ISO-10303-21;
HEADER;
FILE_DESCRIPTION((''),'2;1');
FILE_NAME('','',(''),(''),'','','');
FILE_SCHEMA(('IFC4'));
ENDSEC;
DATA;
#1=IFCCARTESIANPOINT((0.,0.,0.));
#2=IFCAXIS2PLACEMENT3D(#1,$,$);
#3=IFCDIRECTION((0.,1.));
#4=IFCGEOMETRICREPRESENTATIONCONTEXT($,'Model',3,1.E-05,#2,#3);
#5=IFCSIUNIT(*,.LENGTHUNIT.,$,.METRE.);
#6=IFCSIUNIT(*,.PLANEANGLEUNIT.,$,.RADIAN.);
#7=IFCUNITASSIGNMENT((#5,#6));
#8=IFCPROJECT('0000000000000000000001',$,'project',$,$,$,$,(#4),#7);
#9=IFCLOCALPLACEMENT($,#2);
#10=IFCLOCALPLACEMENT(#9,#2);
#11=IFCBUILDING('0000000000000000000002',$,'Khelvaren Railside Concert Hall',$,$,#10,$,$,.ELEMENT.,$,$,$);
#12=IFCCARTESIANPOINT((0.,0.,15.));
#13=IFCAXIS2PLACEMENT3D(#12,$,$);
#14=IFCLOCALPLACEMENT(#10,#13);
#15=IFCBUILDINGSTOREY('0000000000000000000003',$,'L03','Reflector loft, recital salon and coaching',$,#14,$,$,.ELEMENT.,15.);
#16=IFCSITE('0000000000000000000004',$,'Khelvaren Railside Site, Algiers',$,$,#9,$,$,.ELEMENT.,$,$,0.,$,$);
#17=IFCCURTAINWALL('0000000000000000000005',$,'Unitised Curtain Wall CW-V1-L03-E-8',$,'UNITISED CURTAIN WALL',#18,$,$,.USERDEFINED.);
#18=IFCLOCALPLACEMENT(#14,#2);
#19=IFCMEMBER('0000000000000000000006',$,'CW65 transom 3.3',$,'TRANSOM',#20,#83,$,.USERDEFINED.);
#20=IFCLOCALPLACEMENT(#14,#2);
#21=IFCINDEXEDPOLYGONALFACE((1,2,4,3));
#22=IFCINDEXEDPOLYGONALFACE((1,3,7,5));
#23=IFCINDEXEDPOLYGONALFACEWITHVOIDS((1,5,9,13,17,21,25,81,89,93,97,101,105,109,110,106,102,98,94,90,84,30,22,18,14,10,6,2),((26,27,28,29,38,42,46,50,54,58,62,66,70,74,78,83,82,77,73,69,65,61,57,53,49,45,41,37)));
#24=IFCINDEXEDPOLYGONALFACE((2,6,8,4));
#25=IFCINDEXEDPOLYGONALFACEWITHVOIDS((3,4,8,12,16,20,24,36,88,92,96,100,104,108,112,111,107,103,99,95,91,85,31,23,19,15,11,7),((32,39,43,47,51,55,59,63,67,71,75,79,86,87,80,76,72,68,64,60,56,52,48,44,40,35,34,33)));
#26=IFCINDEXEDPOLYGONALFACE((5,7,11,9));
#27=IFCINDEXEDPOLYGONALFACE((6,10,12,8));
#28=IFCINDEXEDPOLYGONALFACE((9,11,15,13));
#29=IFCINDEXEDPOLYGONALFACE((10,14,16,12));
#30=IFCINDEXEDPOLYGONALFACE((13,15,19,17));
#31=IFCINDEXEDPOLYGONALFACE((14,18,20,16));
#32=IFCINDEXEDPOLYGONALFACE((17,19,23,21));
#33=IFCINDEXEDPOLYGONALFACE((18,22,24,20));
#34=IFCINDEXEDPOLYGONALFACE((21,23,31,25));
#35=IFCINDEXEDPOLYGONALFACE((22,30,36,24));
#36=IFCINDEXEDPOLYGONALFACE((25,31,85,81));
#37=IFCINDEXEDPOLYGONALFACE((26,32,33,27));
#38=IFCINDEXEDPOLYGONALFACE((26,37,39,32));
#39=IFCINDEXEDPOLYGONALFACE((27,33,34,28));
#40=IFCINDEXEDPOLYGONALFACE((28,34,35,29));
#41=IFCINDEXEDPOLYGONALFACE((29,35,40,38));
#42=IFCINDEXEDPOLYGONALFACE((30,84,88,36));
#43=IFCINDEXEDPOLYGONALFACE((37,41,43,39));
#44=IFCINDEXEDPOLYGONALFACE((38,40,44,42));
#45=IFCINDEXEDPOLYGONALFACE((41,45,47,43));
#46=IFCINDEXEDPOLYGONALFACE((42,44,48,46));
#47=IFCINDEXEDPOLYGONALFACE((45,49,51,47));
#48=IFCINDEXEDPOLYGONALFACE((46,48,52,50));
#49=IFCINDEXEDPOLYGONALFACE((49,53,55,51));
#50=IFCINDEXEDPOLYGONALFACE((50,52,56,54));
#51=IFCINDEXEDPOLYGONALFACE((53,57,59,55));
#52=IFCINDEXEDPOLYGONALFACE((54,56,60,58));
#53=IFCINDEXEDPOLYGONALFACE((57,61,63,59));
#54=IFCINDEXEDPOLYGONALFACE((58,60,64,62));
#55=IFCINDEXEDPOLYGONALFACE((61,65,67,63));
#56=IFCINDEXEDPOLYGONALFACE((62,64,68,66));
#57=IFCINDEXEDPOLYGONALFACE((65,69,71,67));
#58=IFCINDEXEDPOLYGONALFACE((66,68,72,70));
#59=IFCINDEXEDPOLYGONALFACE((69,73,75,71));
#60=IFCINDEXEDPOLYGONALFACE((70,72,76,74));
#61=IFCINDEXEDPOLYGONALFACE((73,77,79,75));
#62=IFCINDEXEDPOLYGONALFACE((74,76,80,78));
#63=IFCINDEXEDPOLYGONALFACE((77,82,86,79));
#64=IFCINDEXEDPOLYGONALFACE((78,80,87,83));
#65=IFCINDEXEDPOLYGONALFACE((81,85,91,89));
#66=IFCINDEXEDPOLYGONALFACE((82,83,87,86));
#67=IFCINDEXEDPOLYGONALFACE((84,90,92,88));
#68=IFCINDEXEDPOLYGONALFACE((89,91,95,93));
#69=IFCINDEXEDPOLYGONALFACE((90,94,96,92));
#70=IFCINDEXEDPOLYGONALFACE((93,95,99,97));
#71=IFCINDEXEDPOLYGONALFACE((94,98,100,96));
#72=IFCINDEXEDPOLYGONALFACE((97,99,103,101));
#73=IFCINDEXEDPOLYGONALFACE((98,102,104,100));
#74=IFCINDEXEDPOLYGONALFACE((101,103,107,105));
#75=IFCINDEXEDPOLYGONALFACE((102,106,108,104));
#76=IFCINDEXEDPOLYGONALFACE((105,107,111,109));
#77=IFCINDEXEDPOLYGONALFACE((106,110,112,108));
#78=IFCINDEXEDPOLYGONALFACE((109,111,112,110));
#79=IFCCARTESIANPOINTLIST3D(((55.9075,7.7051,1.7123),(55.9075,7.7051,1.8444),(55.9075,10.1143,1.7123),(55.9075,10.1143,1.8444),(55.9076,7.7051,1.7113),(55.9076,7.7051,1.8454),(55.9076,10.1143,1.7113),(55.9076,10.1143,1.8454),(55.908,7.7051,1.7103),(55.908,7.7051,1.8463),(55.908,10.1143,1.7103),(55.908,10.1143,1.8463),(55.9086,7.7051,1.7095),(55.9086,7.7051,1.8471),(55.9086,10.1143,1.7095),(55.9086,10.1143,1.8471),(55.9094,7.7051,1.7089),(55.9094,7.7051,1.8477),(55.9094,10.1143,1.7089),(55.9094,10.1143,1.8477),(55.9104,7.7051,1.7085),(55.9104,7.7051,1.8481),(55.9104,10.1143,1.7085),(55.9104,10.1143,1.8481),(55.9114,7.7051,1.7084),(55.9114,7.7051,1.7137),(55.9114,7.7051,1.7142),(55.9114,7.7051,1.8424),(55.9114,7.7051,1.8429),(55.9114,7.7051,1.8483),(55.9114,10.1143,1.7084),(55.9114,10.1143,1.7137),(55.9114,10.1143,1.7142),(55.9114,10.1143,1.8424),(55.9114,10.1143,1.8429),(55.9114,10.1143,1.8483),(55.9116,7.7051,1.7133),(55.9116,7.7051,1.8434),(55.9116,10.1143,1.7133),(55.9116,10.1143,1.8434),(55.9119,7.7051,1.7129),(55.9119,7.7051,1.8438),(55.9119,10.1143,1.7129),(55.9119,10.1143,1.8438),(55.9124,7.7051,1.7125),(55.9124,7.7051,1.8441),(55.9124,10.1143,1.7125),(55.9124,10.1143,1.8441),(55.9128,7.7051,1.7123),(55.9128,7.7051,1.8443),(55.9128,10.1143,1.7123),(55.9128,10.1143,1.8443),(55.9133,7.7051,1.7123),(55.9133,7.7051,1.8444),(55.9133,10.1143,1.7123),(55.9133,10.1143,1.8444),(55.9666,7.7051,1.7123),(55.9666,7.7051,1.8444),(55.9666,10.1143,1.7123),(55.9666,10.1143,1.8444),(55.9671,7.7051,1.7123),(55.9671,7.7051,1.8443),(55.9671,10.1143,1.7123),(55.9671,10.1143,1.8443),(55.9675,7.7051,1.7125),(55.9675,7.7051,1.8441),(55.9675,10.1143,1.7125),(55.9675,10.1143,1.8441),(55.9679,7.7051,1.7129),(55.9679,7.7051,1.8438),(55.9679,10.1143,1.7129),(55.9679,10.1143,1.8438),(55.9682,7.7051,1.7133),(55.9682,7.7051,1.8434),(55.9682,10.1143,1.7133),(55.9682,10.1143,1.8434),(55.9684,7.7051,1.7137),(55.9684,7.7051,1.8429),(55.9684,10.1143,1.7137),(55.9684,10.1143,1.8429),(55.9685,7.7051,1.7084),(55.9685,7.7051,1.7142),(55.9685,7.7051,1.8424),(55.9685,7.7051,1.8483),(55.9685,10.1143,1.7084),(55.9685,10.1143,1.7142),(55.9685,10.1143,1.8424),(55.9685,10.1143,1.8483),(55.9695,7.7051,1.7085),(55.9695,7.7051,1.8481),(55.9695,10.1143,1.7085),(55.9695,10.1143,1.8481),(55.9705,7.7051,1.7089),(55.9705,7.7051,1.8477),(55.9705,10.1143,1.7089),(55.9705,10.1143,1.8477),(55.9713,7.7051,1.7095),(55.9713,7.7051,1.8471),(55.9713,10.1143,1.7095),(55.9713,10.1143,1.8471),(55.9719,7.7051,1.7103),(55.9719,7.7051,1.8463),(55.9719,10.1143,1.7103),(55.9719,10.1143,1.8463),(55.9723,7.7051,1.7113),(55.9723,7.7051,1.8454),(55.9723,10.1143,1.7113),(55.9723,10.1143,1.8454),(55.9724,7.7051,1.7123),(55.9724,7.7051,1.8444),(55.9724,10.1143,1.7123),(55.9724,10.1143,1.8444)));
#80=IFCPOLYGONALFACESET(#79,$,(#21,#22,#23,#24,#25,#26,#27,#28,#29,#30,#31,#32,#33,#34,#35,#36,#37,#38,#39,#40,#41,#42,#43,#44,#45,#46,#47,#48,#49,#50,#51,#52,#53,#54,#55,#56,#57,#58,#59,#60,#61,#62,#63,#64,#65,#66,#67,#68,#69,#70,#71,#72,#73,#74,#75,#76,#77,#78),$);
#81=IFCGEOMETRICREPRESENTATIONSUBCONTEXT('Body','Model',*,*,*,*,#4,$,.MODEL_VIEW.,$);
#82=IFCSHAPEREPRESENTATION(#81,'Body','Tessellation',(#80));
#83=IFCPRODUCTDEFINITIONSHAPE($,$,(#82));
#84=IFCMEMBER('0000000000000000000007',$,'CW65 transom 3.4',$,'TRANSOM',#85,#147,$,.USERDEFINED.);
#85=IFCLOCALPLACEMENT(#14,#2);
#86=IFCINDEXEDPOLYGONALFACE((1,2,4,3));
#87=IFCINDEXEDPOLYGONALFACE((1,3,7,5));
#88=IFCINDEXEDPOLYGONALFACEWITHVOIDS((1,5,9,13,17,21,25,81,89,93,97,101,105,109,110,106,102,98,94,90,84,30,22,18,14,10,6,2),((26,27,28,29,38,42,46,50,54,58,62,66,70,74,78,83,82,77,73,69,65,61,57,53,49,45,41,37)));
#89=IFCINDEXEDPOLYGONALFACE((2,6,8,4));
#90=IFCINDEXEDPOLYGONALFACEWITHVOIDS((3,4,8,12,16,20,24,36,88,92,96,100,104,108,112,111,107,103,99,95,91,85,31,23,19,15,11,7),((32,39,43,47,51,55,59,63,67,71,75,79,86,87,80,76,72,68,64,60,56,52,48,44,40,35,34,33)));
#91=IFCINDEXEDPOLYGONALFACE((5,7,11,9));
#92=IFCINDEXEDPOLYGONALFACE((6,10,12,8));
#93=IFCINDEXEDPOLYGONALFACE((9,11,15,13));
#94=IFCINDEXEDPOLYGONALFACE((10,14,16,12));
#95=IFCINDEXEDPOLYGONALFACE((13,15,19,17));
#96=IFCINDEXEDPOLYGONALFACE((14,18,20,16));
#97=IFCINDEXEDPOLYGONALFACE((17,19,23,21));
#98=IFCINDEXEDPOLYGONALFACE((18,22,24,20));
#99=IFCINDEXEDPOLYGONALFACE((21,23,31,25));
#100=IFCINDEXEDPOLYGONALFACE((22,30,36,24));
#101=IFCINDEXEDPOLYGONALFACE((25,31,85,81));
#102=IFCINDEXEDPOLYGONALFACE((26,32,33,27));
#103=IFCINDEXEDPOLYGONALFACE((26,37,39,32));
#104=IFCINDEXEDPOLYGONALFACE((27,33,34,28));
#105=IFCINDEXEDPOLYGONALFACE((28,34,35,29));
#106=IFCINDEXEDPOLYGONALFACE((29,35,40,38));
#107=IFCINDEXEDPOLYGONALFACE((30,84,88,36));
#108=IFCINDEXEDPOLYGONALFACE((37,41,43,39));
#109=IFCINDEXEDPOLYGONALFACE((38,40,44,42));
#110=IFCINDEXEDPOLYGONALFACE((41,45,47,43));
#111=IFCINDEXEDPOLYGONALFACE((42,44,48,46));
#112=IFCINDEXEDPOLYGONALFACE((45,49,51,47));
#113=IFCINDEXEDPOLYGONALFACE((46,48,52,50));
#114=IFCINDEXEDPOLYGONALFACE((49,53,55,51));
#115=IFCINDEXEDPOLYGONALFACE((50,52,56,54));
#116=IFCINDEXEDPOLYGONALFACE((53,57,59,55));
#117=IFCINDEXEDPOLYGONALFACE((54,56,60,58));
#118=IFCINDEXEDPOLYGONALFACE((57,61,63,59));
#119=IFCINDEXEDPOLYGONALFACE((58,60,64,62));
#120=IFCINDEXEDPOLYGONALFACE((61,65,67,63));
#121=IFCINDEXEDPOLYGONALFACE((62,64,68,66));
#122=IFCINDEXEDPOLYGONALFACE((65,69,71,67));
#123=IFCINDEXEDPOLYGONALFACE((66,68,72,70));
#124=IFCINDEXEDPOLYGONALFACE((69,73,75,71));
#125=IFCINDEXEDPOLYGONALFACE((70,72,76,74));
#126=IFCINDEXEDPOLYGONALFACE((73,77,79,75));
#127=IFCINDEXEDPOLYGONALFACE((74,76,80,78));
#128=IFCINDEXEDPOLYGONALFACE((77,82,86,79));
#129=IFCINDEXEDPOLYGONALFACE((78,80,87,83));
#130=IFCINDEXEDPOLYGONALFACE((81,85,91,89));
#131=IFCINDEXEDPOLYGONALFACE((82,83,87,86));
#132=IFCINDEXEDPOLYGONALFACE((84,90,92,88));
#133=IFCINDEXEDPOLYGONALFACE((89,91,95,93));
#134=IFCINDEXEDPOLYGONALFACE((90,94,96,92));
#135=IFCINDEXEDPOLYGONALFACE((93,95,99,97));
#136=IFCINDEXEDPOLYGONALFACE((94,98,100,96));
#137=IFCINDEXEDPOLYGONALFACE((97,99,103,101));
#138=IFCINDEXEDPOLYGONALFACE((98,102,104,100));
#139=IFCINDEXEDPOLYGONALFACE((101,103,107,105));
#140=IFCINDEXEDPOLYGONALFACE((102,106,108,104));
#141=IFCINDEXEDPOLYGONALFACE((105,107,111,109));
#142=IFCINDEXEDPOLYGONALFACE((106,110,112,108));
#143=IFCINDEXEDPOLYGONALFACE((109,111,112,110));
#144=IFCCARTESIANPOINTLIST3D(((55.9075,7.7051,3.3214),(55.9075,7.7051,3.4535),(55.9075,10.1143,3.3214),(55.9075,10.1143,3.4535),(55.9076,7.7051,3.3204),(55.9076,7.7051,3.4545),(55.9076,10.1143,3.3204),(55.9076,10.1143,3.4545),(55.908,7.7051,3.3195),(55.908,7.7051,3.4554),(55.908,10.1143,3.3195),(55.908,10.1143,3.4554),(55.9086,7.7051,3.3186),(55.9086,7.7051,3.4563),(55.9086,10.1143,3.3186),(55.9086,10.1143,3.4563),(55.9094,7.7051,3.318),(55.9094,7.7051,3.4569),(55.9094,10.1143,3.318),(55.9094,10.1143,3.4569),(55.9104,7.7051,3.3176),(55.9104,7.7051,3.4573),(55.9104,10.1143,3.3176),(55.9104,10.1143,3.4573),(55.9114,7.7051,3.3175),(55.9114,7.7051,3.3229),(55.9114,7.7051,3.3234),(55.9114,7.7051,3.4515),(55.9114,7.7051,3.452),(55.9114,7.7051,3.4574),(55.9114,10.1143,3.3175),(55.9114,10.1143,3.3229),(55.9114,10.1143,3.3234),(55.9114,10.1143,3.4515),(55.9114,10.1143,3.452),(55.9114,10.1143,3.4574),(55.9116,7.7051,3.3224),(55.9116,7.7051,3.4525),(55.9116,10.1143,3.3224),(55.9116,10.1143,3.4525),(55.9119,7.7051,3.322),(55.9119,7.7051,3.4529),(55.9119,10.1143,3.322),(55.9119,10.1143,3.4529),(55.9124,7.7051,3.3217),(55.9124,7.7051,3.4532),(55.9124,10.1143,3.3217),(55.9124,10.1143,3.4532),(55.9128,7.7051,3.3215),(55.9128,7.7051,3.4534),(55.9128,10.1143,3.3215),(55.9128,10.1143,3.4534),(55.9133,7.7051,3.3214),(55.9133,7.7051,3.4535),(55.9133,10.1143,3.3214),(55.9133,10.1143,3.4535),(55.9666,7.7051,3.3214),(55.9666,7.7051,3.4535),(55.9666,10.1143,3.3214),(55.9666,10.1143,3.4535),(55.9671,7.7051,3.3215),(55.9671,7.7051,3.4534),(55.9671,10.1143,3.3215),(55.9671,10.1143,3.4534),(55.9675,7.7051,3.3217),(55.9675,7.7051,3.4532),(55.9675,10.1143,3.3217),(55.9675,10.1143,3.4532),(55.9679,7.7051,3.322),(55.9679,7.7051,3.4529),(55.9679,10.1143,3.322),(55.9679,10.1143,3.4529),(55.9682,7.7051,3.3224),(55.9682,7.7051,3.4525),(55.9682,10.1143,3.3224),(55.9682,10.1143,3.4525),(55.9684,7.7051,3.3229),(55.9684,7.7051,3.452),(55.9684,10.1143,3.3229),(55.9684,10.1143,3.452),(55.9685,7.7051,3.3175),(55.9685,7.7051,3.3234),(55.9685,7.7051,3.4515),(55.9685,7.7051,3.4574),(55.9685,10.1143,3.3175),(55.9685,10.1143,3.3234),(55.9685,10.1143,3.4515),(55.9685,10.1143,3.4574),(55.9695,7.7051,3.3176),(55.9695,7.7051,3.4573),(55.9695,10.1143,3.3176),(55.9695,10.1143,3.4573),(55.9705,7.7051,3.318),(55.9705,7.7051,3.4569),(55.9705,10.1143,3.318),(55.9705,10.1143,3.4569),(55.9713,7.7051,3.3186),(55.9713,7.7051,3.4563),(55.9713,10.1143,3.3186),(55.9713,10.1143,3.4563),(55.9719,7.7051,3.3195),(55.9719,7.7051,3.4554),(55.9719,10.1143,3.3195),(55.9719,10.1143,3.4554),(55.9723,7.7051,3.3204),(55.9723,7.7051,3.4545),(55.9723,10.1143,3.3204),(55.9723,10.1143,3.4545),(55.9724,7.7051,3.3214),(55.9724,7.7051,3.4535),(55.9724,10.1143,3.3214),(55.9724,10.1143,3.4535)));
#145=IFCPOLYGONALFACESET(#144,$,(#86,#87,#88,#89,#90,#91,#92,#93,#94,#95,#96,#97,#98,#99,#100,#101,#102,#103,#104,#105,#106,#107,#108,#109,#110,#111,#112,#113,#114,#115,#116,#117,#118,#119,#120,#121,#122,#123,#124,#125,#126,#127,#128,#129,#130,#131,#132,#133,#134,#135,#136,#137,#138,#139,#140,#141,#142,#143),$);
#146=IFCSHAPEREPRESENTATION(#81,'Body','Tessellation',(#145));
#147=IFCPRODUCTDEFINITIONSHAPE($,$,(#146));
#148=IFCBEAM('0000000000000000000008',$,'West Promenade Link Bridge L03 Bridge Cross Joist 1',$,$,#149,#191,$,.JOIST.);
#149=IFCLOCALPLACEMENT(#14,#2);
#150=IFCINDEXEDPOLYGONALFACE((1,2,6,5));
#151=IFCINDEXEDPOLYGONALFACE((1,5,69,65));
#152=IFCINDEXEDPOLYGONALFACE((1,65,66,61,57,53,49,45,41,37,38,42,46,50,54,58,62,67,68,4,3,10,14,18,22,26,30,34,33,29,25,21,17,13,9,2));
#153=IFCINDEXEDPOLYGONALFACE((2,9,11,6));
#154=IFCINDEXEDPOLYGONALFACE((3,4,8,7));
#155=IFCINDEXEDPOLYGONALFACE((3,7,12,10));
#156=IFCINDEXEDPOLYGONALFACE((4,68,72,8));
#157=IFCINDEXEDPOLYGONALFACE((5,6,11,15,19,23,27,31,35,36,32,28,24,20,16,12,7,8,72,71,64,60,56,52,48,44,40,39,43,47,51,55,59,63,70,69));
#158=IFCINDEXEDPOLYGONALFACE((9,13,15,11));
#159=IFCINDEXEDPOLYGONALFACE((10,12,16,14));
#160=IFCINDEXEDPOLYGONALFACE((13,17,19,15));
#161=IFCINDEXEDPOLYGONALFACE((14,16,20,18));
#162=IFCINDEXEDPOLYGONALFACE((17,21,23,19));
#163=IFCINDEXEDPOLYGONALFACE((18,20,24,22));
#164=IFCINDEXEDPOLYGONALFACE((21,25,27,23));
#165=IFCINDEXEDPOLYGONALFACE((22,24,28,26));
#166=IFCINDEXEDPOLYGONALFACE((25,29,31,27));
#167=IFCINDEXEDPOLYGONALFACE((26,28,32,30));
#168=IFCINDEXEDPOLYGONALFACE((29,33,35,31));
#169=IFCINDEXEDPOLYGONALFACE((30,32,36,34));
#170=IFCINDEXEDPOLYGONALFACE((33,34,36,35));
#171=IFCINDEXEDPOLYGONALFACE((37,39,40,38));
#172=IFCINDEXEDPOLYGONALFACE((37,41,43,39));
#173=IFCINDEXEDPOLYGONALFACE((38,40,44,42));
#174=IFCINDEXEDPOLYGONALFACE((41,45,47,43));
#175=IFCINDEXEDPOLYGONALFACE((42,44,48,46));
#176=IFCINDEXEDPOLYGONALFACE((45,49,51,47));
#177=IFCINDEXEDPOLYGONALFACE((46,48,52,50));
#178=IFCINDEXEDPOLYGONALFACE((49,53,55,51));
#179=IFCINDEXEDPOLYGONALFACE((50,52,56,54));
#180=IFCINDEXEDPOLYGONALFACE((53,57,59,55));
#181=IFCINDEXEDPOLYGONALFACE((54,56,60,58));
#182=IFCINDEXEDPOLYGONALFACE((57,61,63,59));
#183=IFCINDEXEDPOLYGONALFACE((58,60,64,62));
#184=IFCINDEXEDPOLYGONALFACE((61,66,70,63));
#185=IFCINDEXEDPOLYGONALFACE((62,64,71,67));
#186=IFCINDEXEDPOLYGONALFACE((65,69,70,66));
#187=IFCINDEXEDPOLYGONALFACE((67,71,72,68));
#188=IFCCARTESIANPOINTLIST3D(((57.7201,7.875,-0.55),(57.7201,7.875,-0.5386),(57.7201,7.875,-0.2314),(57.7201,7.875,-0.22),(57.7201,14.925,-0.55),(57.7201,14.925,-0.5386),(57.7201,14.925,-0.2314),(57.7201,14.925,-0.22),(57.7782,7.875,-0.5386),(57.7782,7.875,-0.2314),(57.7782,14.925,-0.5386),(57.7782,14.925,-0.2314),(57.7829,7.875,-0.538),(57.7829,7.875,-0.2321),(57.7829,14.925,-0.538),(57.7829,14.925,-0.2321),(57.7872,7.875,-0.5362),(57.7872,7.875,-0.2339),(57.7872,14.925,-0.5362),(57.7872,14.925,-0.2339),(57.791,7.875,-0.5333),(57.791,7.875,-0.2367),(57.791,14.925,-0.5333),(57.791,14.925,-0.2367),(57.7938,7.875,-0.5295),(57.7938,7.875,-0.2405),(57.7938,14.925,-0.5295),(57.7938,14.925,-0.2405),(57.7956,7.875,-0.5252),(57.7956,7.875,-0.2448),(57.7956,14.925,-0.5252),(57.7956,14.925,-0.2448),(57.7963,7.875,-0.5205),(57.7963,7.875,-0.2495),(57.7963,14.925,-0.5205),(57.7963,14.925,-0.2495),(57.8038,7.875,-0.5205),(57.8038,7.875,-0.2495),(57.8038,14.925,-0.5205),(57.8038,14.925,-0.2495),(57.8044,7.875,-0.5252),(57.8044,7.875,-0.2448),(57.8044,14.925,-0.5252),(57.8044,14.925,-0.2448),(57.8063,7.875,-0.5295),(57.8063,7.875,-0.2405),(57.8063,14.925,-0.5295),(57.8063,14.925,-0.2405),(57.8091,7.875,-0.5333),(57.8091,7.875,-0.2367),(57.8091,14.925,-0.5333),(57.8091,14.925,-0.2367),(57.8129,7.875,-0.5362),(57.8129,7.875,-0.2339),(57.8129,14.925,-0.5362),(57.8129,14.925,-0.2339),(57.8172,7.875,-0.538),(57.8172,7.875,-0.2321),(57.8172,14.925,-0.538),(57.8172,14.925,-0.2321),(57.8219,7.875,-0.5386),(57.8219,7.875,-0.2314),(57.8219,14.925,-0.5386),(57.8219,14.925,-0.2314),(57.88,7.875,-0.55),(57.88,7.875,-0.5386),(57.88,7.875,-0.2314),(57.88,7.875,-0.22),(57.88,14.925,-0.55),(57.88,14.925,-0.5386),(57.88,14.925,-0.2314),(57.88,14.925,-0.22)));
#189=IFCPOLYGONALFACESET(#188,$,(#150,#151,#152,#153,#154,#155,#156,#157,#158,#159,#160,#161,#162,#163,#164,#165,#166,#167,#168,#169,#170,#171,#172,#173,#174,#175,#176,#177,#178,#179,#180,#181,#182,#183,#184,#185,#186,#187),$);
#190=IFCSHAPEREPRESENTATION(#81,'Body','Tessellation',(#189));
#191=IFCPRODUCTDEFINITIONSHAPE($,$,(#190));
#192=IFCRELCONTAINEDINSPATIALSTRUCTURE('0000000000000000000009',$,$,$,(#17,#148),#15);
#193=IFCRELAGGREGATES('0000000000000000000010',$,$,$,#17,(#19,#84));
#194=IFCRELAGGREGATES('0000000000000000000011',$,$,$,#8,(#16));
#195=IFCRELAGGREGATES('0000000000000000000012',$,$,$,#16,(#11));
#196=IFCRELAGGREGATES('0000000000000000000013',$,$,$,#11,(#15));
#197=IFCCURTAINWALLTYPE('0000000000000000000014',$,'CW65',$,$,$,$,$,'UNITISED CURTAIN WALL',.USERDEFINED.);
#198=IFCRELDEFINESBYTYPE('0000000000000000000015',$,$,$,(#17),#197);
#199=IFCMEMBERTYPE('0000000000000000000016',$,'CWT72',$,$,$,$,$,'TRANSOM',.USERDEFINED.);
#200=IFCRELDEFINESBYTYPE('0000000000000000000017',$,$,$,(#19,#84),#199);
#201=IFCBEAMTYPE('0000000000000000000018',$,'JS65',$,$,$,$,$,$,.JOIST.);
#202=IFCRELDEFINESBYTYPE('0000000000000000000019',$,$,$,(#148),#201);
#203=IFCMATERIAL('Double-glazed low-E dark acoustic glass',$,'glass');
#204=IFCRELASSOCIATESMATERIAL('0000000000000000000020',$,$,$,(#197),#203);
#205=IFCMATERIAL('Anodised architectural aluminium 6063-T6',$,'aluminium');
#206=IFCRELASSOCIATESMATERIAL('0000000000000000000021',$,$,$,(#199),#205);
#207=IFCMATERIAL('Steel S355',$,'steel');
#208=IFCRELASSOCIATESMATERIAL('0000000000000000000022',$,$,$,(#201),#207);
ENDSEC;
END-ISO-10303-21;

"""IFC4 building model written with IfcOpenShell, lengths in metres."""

from ifc_helpers import new_model, si_unit, direction, frame, origin, origin_2d, place, context, subcontext, project, spatial, hollow_rectangle, i_section, extrude, material, material_profile, profile_set, type_object, element, aggregate, save


model = new_model("IFC4")

# Units and contexts
model_context = context("Model", 3, precision=1e-05, world=origin(), true_north=direction((0.0, 1.0)))
body_context = subcontext(model_context, "Body", "Model", "MODEL_VIEW")
ifc_project = project(units=[si_unit("LENGTHUNIT", "METRE"), si_unit("PLANEANGLEUNIT", "RADIAN")], contexts=[model_context])

# Site, building, storey
site_placement = place(None, origin())
site = spatial("IfcSite", under=ifc_project, at=site_placement, Name="Khelvaren Railside Site, Algiers", CompositionType="ELEMENT", RefElevation=0.0)
building_placement = place(site_placement, origin())
building = spatial("IfcBuilding", under=site, at=building_placement, Name="Khelvaren Railside Concert Hall", CompositionType="ELEMENT")
storey_placement = place(building_placement, frame((0.0, 0.0, 15.0)))
storey = spatial("IfcBuildingStorey", under=building, at=storey_placement, Name="L03", Description="Reflector loft, recital salon and coaching", CompositionType="ELEMENT", Elevation=15.0)

# Shared definitions
ifc_material_1 = material(Name="Steel S355", Category="steel")

# Curtain wall, members
ifc_material_2 = material(Name="Double-glazed low-E dark acoustic glass", Category="glass")
curtain_wall_type = type_object("IfcCurtainWallType", Name="CW65", ElementType="UNITISED CURTAIN WALL", PredefinedType="USERDEFINED", material=ifc_material_2)
curtain_wall_placement = place(storey_placement, origin())
curtain_wall = element("IfcCurtainWall", 1, at=curtain_wall_placement, inside=storey, type_object=curtain_wall_type, Name="Unitised Curtain Wall CW-V1-L03-E-8", ObjectType="UNITISED CURTAIN WALL", PredefinedType="USERDEFINED")
ifc_material_3 = material(Name="Anodised architectural aluminium 6063-T6", Category="aluminium")
ifc_material_profile_1 = material_profile(ifc_material_3, hollow_rectangle(XDim=0.0649, YDim=0.1399, WallThickness=0.0039, InnerFilletRadius=0.002, OuterFilletRadius=0.0039, at=origin_2d()), Name="CWT 65x140x4")
ifc_profile_set_1 = profile_set([ifc_material_profile_1], Name="Anodised architectural aluminium 6063-T6")
member_type_1 = type_object("IfcMemberType", Name="CWT72", ElementType="TRANSOM", PredefinedType="USERDEFINED", material=ifc_profile_set_1)
member_1_placement = place(storey_placement, frame((55.9399, 10.1143, 1.7783), z_axis=(0.0, -1.0, 0.0), x_axis=(1.0, 0.0, 0.0)))
member_1 = element("IfcMember", 2, at=member_1_placement, type_object=member_type_1, Name="CW65 transom 3.3", ObjectType="TRANSOM", PredefinedType="USERDEFINED", context=body_context, shape_type="SweptSolid", body=[
    extrude(hollow_rectangle(XDim=0.0649, YDim=0.1399, WallThickness=0.0039, InnerFilletRadius=0.002, OuterFilletRadius=0.0039, at=origin_2d()), origin(), (0.0, 0.0, 1.0), 2.4092),
])
member_2_placement = place(storey_placement, frame((55.9399, 10.1143, 3.3875), z_axis=(0.0, -1.0, 0.0), x_axis=(1.0, 0.0, 0.0)))
member_2 = element("IfcMember", 3, at=member_2_placement, type_object=member_type_1, Name="CW65 transom 3.4", ObjectType="TRANSOM", PredefinedType="USERDEFINED", context=body_context, shape_type="SweptSolid", body=[
    extrude(hollow_rectangle(XDim=0.0649, YDim=0.1399, WallThickness=0.0039, InnerFilletRadius=0.002, OuterFilletRadius=0.0039, at=origin_2d()), origin(), (0.0, 0.0, 1.0), 2.4092),
])

# Beam
ifc_material_profile_2 = material_profile(ifc_material_1, i_section(OverallWidth=0.1599, OverallDepth=0.3301, WebThickness=0.0076, FlangeThickness=0.0115, FilletRadius=0.0181, at=origin_2d()), Name="IPE 330")
ifc_profile_set_2 = profile_set([ifc_material_profile_2], Name="Steel S355")
beam_type_1 = type_object("IfcBeamType", Name="JS65", PredefinedType="JOIST", material=ifc_profile_set_2)
for number, where, z_axis, x_axis, name in (
    (4, (57.8, 7.875, -0.385), (0.0, 1.0, 0.0), (-1.0, 0.0, 0.0), "West Promenade Link Bridge L03 Bridge Cross Joist 1"),
):
    element("IfcBeam", number, at=place(storey_placement, frame(where, z_axis=z_axis, x_axis=x_axis)), inside=storey, type_object=beam_type_1, Name=name, PredefinedType="JOIST", context=body_context, shape_type="SweptSolid", body=[
        extrude(i_section(OverallWidth=0.1599, OverallDepth=0.3301, WebThickness=0.0076, FlangeThickness=0.0115, FilletRadius=0.0181, at=origin_2d()), origin(), (0.0, 0.0, 1.0), 7.05),
    ])

aggregate(curtain_wall, [member_1, member_2])

save(model, "model.ifc")
